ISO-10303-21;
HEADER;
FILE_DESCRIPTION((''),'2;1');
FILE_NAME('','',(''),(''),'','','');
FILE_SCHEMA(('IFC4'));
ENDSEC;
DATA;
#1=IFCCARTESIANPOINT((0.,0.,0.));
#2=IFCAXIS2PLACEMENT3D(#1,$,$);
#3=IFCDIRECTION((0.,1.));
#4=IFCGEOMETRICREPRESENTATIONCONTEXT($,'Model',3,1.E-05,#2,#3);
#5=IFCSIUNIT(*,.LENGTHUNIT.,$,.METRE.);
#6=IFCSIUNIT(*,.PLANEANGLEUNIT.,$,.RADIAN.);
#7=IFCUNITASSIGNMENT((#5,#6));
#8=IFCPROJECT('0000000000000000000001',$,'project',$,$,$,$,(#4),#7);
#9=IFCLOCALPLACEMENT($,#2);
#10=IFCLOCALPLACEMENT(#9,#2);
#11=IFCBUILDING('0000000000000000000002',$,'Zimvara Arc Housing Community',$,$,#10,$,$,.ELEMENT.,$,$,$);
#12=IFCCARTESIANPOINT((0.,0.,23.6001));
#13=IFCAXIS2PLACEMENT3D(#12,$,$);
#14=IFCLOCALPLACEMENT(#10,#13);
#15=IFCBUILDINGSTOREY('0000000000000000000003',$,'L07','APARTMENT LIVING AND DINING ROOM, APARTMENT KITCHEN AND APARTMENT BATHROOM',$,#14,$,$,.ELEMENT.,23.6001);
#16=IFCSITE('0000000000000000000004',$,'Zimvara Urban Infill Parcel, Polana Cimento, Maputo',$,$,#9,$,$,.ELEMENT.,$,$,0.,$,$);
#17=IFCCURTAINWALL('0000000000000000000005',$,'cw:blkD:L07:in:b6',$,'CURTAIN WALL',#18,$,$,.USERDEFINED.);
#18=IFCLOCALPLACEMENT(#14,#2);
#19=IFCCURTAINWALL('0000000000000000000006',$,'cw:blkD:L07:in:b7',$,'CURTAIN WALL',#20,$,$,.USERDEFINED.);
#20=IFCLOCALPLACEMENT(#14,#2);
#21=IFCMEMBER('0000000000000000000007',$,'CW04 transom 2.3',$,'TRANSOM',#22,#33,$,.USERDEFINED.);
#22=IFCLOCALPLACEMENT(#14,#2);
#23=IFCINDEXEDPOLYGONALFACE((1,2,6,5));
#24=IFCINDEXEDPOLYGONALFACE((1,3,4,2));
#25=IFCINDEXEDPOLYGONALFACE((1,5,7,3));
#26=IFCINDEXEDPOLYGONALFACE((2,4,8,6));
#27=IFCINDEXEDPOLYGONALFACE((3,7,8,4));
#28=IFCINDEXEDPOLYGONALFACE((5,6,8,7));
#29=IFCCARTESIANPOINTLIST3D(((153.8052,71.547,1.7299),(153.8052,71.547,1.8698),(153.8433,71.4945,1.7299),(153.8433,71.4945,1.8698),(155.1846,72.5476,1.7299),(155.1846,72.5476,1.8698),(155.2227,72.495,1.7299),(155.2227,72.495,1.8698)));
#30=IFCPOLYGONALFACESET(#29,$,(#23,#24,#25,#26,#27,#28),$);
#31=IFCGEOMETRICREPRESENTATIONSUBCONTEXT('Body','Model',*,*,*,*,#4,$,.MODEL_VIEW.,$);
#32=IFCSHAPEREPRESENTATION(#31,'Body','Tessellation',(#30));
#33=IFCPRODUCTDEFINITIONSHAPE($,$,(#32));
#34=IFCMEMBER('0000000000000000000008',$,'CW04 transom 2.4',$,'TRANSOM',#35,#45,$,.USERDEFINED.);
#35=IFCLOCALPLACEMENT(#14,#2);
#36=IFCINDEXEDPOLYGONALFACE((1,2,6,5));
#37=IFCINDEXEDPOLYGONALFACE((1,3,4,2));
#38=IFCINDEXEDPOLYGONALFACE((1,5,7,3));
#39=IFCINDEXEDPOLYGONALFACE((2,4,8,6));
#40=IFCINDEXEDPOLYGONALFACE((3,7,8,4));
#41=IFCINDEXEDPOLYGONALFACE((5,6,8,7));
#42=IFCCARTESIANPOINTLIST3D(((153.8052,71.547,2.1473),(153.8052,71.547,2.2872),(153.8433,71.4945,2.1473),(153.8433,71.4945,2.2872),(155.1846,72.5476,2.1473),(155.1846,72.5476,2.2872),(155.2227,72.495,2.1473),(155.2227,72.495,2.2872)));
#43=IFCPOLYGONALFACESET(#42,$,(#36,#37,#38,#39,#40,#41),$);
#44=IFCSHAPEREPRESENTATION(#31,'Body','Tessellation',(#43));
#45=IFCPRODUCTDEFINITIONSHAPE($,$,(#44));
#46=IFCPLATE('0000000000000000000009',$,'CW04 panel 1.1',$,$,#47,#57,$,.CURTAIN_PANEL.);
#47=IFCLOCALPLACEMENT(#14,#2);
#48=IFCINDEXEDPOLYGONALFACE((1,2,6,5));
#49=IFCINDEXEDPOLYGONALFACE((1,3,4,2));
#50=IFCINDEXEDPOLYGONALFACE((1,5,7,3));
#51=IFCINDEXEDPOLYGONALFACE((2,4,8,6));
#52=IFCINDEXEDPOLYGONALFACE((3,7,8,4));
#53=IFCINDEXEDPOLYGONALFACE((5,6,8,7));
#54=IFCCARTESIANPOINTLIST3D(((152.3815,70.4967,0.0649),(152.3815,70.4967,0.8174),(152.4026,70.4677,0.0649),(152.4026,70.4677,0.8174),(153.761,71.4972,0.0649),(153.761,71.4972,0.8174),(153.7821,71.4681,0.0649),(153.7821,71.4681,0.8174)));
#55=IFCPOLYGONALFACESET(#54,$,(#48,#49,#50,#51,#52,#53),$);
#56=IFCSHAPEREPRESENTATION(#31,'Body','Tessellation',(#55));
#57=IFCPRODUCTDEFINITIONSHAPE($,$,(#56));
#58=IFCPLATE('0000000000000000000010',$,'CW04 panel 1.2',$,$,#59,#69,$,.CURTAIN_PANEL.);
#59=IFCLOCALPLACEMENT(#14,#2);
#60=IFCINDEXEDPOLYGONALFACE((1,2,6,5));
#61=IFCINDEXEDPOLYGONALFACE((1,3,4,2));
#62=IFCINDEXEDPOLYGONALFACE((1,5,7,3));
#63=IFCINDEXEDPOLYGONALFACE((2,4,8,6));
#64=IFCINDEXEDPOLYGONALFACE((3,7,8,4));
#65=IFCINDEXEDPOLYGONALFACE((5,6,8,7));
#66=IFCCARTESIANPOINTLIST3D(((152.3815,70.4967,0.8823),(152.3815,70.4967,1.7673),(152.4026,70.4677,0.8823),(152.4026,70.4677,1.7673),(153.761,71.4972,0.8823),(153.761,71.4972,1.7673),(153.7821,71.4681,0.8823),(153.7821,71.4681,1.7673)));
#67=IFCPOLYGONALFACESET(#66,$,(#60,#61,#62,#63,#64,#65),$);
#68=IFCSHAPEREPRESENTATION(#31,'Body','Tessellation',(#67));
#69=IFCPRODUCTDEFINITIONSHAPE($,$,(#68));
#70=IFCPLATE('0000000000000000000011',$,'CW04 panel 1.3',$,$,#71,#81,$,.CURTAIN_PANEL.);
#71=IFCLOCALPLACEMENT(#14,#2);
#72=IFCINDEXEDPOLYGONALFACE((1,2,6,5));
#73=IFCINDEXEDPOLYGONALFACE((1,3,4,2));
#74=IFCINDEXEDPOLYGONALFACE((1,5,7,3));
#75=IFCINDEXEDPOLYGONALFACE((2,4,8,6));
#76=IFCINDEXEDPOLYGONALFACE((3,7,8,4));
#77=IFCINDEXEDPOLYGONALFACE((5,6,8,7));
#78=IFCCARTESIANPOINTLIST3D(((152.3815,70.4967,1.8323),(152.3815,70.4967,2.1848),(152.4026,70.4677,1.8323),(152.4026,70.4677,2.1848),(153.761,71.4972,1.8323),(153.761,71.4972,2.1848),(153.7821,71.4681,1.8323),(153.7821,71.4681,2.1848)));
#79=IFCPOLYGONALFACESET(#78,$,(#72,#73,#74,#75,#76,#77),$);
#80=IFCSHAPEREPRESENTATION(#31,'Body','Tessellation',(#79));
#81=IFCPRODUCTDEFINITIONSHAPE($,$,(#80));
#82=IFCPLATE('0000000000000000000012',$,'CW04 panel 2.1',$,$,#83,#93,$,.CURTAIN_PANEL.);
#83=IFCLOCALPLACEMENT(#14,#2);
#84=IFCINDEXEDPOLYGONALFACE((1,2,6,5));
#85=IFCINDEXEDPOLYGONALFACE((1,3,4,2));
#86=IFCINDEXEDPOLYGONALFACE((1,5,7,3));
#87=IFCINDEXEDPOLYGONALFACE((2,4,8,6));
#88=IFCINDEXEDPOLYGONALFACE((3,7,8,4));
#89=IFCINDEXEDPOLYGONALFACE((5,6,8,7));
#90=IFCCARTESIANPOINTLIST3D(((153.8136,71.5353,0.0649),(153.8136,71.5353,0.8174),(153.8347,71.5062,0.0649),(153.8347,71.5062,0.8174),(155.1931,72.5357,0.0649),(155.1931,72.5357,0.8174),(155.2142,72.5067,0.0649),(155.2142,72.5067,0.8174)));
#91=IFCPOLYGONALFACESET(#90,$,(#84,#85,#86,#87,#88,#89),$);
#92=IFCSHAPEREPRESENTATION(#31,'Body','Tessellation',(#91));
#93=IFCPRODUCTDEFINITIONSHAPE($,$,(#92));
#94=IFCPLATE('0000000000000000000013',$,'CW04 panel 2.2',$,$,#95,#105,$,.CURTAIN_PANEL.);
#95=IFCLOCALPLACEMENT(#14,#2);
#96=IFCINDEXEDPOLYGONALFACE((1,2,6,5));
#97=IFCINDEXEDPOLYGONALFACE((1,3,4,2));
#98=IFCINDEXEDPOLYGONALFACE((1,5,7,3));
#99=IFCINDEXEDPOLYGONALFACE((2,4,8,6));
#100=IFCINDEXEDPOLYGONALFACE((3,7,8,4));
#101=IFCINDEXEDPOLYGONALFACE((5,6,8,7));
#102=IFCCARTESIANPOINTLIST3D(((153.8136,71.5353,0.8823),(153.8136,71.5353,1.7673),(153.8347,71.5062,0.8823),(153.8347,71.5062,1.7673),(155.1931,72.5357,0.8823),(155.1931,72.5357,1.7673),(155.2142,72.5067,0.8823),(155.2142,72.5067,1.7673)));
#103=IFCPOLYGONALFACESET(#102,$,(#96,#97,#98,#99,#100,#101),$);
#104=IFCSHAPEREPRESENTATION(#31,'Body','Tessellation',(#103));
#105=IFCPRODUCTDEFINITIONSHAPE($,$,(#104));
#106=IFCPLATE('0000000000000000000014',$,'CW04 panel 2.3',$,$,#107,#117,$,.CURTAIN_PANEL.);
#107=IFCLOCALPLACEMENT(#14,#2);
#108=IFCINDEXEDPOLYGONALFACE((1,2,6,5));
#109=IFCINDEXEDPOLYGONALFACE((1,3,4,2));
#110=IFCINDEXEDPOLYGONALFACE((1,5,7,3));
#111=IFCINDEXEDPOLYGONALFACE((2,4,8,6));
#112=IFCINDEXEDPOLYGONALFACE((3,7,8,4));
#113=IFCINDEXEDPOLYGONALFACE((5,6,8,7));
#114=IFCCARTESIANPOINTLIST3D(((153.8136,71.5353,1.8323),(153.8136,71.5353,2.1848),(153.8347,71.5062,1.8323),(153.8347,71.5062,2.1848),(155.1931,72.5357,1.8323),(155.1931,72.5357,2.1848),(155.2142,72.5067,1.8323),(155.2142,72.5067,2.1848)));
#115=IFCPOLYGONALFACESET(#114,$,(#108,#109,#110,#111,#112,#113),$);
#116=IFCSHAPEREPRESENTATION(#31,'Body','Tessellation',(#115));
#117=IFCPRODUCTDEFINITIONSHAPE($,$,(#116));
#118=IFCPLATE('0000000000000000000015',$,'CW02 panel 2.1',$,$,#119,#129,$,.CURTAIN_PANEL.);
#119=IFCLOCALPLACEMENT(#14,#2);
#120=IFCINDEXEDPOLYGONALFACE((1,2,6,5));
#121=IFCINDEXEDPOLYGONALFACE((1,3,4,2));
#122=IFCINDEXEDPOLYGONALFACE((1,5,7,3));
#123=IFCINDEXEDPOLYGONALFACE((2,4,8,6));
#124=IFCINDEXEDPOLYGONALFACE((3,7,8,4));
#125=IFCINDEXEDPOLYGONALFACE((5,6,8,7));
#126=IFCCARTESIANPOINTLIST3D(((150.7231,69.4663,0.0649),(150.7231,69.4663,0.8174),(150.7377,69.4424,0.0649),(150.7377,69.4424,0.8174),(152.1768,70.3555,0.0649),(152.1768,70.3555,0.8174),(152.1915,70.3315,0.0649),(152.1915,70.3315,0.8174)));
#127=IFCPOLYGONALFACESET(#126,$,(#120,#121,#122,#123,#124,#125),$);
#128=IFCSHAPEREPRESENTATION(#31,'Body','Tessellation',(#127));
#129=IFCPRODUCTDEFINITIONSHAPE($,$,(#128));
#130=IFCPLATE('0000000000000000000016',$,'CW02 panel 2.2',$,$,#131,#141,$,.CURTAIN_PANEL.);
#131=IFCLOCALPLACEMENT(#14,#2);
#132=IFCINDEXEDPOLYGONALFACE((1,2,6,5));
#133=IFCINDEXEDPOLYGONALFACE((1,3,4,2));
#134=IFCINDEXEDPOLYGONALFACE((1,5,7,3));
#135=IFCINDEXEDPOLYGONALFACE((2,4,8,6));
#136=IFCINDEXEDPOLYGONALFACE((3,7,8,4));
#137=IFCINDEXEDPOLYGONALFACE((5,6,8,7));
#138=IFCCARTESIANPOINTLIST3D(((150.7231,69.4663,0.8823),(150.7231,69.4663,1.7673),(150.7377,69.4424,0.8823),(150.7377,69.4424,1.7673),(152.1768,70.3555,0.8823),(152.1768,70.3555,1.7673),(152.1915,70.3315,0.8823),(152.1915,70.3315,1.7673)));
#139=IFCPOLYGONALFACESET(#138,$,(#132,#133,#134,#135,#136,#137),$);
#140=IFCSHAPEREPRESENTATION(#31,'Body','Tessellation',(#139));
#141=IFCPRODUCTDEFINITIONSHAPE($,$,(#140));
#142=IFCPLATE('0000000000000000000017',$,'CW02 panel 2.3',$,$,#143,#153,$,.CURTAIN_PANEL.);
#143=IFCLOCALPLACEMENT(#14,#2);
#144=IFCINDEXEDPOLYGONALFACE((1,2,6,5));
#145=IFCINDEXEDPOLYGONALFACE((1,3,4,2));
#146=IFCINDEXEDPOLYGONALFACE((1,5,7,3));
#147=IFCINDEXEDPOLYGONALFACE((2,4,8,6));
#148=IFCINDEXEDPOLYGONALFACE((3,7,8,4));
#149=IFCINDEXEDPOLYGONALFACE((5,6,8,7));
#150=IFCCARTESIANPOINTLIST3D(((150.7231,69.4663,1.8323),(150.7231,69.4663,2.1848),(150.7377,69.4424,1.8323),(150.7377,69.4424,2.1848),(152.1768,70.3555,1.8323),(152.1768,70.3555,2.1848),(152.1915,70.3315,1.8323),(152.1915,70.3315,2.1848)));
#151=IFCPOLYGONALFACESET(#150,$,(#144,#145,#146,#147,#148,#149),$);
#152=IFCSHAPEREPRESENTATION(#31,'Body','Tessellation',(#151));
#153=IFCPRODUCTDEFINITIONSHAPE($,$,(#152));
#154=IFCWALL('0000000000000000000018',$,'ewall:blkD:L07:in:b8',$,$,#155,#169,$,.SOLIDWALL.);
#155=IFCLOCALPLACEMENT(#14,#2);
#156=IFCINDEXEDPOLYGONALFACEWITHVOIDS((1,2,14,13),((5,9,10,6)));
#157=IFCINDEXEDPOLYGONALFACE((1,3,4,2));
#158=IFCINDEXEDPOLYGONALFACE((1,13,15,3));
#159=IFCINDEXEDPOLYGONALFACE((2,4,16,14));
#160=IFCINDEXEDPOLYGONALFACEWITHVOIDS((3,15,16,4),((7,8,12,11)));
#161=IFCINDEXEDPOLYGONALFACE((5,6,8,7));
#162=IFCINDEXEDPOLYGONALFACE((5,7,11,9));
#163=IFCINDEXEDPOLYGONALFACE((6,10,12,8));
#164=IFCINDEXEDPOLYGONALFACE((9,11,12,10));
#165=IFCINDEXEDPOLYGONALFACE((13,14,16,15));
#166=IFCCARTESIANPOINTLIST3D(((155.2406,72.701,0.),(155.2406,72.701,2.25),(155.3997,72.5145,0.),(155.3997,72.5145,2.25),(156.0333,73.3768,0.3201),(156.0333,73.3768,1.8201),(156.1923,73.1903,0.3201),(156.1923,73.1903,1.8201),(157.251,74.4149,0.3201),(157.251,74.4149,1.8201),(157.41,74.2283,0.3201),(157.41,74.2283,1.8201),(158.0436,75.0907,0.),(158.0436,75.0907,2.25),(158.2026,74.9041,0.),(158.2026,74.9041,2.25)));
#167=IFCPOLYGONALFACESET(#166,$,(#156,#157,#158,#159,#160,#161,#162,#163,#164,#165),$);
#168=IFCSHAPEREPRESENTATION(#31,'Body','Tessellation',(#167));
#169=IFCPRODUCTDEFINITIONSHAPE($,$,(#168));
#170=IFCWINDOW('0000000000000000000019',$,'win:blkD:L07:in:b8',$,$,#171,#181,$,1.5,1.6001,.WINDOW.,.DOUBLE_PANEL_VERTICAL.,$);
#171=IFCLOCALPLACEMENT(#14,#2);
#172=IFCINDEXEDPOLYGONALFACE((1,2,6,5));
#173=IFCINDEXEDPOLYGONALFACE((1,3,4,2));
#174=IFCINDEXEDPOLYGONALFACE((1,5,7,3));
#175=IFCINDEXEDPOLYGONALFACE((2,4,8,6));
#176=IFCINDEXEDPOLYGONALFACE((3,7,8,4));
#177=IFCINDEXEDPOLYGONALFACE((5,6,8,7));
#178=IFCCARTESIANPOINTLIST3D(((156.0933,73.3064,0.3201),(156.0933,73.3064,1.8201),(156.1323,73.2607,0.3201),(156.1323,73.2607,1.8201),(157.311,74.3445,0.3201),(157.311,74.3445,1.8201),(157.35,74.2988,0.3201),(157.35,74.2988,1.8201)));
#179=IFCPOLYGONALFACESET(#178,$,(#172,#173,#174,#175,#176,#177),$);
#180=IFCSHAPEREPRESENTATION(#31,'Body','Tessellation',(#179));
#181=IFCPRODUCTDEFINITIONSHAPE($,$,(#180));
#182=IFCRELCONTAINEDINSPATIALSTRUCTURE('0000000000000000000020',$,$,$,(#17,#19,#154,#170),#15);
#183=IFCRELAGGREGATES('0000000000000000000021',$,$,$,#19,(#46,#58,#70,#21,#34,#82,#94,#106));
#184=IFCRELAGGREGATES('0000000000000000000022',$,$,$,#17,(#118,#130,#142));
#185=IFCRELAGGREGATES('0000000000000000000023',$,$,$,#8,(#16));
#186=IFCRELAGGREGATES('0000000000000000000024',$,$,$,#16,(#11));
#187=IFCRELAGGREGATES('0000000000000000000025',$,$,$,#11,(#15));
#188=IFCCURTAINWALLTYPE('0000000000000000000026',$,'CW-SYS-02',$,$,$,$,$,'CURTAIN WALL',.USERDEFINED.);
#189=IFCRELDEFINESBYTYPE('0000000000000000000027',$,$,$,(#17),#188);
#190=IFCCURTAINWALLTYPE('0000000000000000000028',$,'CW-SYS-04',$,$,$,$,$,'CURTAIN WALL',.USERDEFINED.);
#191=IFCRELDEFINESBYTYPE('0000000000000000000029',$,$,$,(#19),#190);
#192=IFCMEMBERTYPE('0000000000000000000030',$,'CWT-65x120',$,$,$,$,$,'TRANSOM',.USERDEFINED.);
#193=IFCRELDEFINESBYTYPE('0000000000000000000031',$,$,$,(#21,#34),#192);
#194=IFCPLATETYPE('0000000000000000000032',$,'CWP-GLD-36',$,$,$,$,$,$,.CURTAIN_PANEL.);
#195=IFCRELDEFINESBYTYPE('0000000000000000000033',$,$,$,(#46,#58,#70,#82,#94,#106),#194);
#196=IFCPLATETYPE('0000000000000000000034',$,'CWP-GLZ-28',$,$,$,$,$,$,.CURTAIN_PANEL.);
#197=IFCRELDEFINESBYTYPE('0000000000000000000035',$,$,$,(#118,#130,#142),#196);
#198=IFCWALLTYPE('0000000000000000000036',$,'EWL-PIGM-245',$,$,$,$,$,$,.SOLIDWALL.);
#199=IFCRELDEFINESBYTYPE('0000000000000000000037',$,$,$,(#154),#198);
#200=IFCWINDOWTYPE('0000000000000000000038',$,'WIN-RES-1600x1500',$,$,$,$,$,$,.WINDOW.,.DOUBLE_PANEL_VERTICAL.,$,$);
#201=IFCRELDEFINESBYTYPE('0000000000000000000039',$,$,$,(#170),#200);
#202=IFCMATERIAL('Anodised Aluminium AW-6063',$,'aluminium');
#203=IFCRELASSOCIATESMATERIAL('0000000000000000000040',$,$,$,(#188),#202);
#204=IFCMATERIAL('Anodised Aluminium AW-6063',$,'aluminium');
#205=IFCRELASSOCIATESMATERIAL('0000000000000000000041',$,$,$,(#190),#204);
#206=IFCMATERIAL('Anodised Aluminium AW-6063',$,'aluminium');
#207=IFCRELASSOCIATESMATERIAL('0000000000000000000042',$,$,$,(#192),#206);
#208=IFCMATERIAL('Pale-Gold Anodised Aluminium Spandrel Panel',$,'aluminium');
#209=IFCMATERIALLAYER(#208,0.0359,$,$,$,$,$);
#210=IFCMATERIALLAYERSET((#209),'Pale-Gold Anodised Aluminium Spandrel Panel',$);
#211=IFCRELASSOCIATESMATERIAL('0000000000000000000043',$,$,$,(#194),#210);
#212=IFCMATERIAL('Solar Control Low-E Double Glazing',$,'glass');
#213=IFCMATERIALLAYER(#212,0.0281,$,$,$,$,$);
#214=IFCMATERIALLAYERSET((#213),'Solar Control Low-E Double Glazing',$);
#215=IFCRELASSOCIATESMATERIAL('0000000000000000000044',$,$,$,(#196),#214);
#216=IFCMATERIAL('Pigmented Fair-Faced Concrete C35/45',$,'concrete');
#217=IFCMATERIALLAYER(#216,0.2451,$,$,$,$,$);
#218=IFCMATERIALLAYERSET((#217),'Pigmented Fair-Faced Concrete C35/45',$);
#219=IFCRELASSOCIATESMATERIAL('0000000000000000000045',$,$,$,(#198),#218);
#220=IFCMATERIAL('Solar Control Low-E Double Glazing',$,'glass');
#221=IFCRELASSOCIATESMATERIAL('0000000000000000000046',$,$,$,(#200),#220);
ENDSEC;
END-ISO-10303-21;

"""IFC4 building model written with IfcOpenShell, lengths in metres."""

from ifc_helpers import new_model, si_unit, direction, frame, frame_2d, origin, origin_2d, place, context, subcontext, project, spatial, rectangle, extrude, material, layer, layer_set, material_profile, profile_set, type_object, element, fill, aggregate, save


model = new_model("IFC4")

# Units and contexts
model_context = context("Model", 3, precision=1e-05, world=origin(), true_north=direction((0.0, 1.0)))
body_context = subcontext(model_context, "Body", "Model", "MODEL_VIEW")
ifc_project = project(units=[si_unit("LENGTHUNIT", "METRE"), si_unit("PLANEANGLEUNIT", "RADIAN")], contexts=[model_context])

# Site, building, storey
site_placement = place(None, origin())
site = spatial("IfcSite", under=ifc_project, at=site_placement, Name="Zimvara Urban Infill Parcel, Polana Cimento, Maputo", CompositionType="ELEMENT", RefElevation=0.0)
building_placement = place(site_placement, origin())
building = spatial("IfcBuilding", under=site, at=building_placement, Name="Zimvara Arc Housing Community", CompositionType="ELEMENT")
storey_placement = place(building_placement, frame((0.0, 0.0, 23.6001)))
storey = spatial("IfcBuildingStorey", under=building, at=storey_placement, Name="L07", Description="APARTMENT LIVING AND DINING ROOM, APARTMENT KITCHEN AND APARTMENT BATHROOM", CompositionType="ELEMENT", Elevation=23.6001)

# Curtain wall
ifc_material_1 = material(Name="Anodised Aluminium AW-6063", Category="aluminium")
curtain_wall_type_1 = type_object("IfcCurtainWallType", Name="CW-SYS-02", ElementType="CURTAIN WALL", PredefinedType="USERDEFINED", material=ifc_material_1)
curtain_wall_1_placement = place(storey_placement, origin())
curtain_wall_1 = element("IfcCurtainWall", 1, at=curtain_wall_1_placement, inside=storey, type_object=curtain_wall_type_1, Name="cw:blkD:L07:in:b6", ObjectType="CURTAIN WALL", PredefinedType="USERDEFINED")

# Curtain wall, members, plates
ifc_material_2 = material(Name="Anodised Aluminium AW-6063", Category="aluminium")
curtain_wall_type_2 = type_object("IfcCurtainWallType", Name="CW-SYS-04", ElementType="CURTAIN WALL", PredefinedType="USERDEFINED", material=ifc_material_2)
curtain_wall_2_placement = place(storey_placement, origin())
curtain_wall_2 = element("IfcCurtainWall", 2, at=curtain_wall_2_placement, inside=storey, type_object=curtain_wall_type_2, Name="cw:blkD:L07:in:b7", ObjectType="CURTAIN WALL", PredefinedType="USERDEFINED")
ifc_material_3 = material(Name="Anodised Aluminium AW-6063", Category="aluminium")
ifc_material_profile_1 = material_profile(ifc_material_3, rectangle(XDim=0.0649, YDim=0.1399, at=origin_2d()), Name="ALU 65x140")
ifc_profile_set_1 = profile_set([ifc_material_profile_1], Name="Anodised Aluminium AW-6063")
member_type_1 = type_object("IfcMemberType", Name="CWT-65x120", ElementType="TRANSOM", PredefinedType="USERDEFINED", material=ifc_profile_set_1)
member_1_placement = place(storey_placement, frame((153.8242, 71.5208, 1.7998), z_axis=(0.809491, 0.587132, 0.0), x_axis=(-0.587132, 0.809491, 0.0)))
member_1 = element("IfcMember", 3, at=member_1_placement, type_object=member_type_1, Name="CW04 transom 2.3", ObjectType="TRANSOM", PredefinedType="USERDEFINED", context=body_context, shape_type="SweptSolid", body=[
    extrude(rectangle(XDim=0.0649, YDim=0.1399, at=origin_2d()), origin(), (0.0, 0.0, 1.0), 1.7041),
])
member_2_placement = place(storey_placement, frame((153.8242, 71.5208, 2.2173), z_axis=(0.809491, 0.587132, 0.0), x_axis=(-0.587132, 0.809491, 0.0)))
member_2 = element("IfcMember", 4, at=member_2_placement, type_object=member_type_1, Name="CW04 transom 2.4", ObjectType="TRANSOM", PredefinedType="USERDEFINED", context=body_context, shape_type="SweptSolid", body=[
    extrude(rectangle(XDim=0.0649, YDim=0.1399, at=origin_2d()), origin(), (0.0, 0.0, 1.0), 1.7041),
])
ifc_material_4 = material(Name="Pale-Gold Anodised Aluminium Spandrel Panel", Category="aluminium")
ifc_layer_1 = layer(ifc_material_4, 0.0359)
ifc_layer_set_1 = layer_set([ifc_layer_1], Name="Pale-Gold Anodised Aluminium Spandrel Panel")
plate_type_1 = type_object("IfcPlateType", Name="CWP-GLD-36", PredefinedType="CURTAIN_PANEL", material=ifc_layer_set_1)
plate_1_placement = place(storey_placement, frame((153.0818, 70.9824, 0.0649), z_axis=(0.0, 0.0, 1.0), x_axis=(0.80953, 0.587079, 0.0)))
plate_1 = element("IfcPlate", 5, at=plate_1_placement, type_object=plate_type_1, Name="CW04 panel 1.1", PredefinedType="CURTAIN_PANEL", context=body_context, shape_type="SweptSolid", body=[
    extrude(rectangle(XDim=1.7041, YDim=0.0359, at=origin_2d()), origin(), (0.0, 0.0, 1.0), 0.7524),
])
plate_2_placement = place(storey_placement, frame((153.0818, 70.9824, 0.8823), z_axis=(0.0, 0.0, 1.0), x_axis=(0.80953, 0.587079, 0.0)))
plate_2 = element("IfcPlate", 6, at=plate_2_placement, type_object=plate_type_1, Name="CW04 panel 1.2", PredefinedType="CURTAIN_PANEL", context=body_context, shape_type="SweptSolid", body=[
    extrude(rectangle(XDim=1.7041, YDim=0.0359, at=origin_2d()), origin(), (0.0, 0.0, 1.0), 0.885),
])
plate_3_placement = place(storey_placement, frame((153.0818, 70.9824, 1.8323), z_axis=(0.0, 0.0, 1.0), x_axis=(0.80953, 0.587079, 0.0)))
plate_3 = element("IfcPlate", 7, at=plate_3_placement, type_object=plate_type_1, Name="CW04 panel 1.3", PredefinedType="CURTAIN_PANEL", context=body_context, shape_type="SweptSolid", body=[
    extrude(rectangle(XDim=1.7041, YDim=0.0359, at=origin_2d()), origin(), (0.0, 0.0, 1.0), 0.3525),
])
plate_4_placement = place(storey_placement, frame((154.5139, 72.021, 0.0649), z_axis=(0.0, 0.0, 1.0), x_axis=(0.80953, 0.587079, 0.0)))
plate_4 = element("IfcPlate", 8, at=plate_4_placement, type_object=plate_type_1, Name="CW04 panel 2.1", PredefinedType="CURTAIN_PANEL", context=body_context, shape_type="SweptSolid", body=[
    extrude(rectangle(XDim=1.7041, YDim=0.0359, at=origin_2d()), origin(), (0.0, 0.0, 1.0), 0.7524),
])
plate_5_placement = place(storey_placement, frame((154.5139, 72.021, 0.8823), z_axis=(0.0, 0.0, 1.0), x_axis=(0.80953, 0.587079, 0.0)))
plate_5 = element("IfcPlate", 9, at=plate_5_placement, type_object=plate_type_1, Name="CW04 panel 2.2", PredefinedType="CURTAIN_PANEL", context=body_context, shape_type="SweptSolid", body=[
    extrude(rectangle(XDim=1.7041, YDim=0.0359, at=origin_2d()), origin(), (0.0, 0.0, 1.0), 0.885),
])
plate_6_placement = place(storey_placement, frame((154.5139, 72.021, 1.8323), z_axis=(0.0, 0.0, 1.0), x_axis=(0.80953, 0.587079, 0.0)))
plate_6 = element("IfcPlate", 10, at=plate_6_placement, type_object=plate_type_1, Name="CW04 panel 2.3", PredefinedType="CURTAIN_PANEL", context=body_context, shape_type="SweptSolid", body=[
    extrude(rectangle(XDim=1.7041, YDim=0.0359, at=origin_2d()), origin(), (0.0, 0.0, 1.0), 0.3525),
])
aggregate(curtain_wall_2, [plate_1, plate_2, plate_3, member_1, member_2, plate_4, plate_5, plate_6])

# Plates
ifc_material_5 = material(Name="Solar Control Low-E Double Glazing", Category="glass")
ifc_layer_2 = layer(ifc_material_5, 0.0281)
ifc_layer_set_2 = layer_set([ifc_layer_2], Name="Solar Control Low-E Double Glazing")
plate_type_2 = type_object("IfcPlateType", Name="CWP-GLZ-28", PredefinedType="CURTAIN_PANEL", material=ifc_layer_set_2)
plate_7_placement = place(storey_placement, frame((151.4573, 69.8989, 0.0649), z_axis=(0.0, 0.0, 1.0), x_axis=(0.853096, 0.521754, 0.0)))
plate_7 = element("IfcPlate", 11, at=plate_7_placement, type_object=plate_type_2, Name="CW02 panel 2.1", PredefinedType="CURTAIN_PANEL", context=body_context, shape_type="SweptSolid", body=[
    extrude(rectangle(XDim=1.7041, YDim=0.0281, at=origin_2d()), origin(), (0.0, 0.0, 1.0), 0.7524),
])
plate_8_placement = place(storey_placement, frame((151.4573, 69.8989, 0.8823), z_axis=(0.0, 0.0, 1.0), x_axis=(0.853096, 0.521754, 0.0)))
plate_8 = element("IfcPlate", 12, at=plate_8_placement, type_object=plate_type_2, Name="CW02 panel 2.2", PredefinedType="CURTAIN_PANEL", context=body_context, shape_type="SweptSolid", body=[
    extrude(rectangle(XDim=1.7041, YDim=0.0281, at=origin_2d()), origin(), (0.0, 0.0, 1.0), 0.885),
])
plate_9_placement = place(storey_placement, frame((151.4573, 69.8989, 1.8323), z_axis=(0.0, 0.0, 1.0), x_axis=(0.853096, 0.521754, 0.0)))
plate_9 = element("IfcPlate", 13, at=plate_9_placement, type_object=plate_type_2, Name="CW02 panel 2.3", PredefinedType="CURTAIN_PANEL", context=body_context, shape_type="SweptSolid", body=[
    extrude(rectangle(XDim=1.7041, YDim=0.0281, at=origin_2d()), origin(), (0.0, 0.0, 1.0), 0.3525),
])
aggregate(curtain_wall_1, [plate_7, plate_8, plate_9])

# Wall, opening, window
ifc_material_6 = material(Name="Pigmented Fair-Faced Concrete C35/45", Category="concrete")
ifc_layer_3 = layer(ifc_material_6, 0.2451)
ifc_layer_set_3 = layer_set([ifc_layer_3], Name="Pigmented Fair-Faced Concrete C35/45")
wall_type_1 = type_object("IfcWallType", Name="EWL-PIGM-245", PredefinedType="SOLIDWALL", material=ifc_layer_set_3)
wall_1_placement = place(storey_placement, frame((155.3201, 72.6077, 0.0), z_axis=(0.0, 0.0, 1.0), x_axis=(0.760985, 0.648769, 0.0)))
wall_1 = element("IfcWall", 14, at=wall_1_placement, inside=storey, type_object=wall_type_1, Name="ewall:blkD:L07:in:b8", PredefinedType="SOLIDWALL", context=body_context, shape_type="SweptSolid", body=[
    extrude(rectangle(XDim=3.6833, YDim=0.2451, at=frame_2d((1.8418, 0.0))), origin(), (0.0, 0.0, 1.0), 2.25),
])
opening_1_placement = place(wall_1_placement, frame((1.0417, 0.0, 0.3201)))
opening_1 = element("IfcOpeningElement", 15, at=opening_1_placement, cuts=wall_1, PredefinedType="OPENING", context=body_context, shape_type="SweptSolid", body=[
    extrude(rectangle(XDim=1.6001, YDim=1.5, at=frame_2d((0.8, 0.75))), frame((0.0, 0.1326, 0.0), z_axis=(0.0, -1.0, 0.0), x_axis=(1.0, 0.0, 0.0)), (0.0, 0.0, 1.0), 0.2651),
])
ifc_material_7 = material(Name="Solar Control Low-E Double Glazing", Category="glass")
window_type = type_object("IfcWindowType", Name="WIN-RES-1600x1500", PartitioningType="DOUBLE_PANEL_VERTICAL", PredefinedType="WINDOW", material=ifc_material_7)
window_placement = place(opening_1_placement, origin())
window = element("IfcWindow", 16, at=window_placement, inside=storey, type_object=window_type, Name="win:blkD:L07:in:b8", OverallHeight=1.5, OverallWidth=1.6001, PartitioningType="DOUBLE_PANEL_VERTICAL", PredefinedType="WINDOW", context=body_context, shape_type="SweptSolid", body=[
    extrude(rectangle(XDim=1.6001, YDim=1.5, at=frame_2d((0.8, 0.75))), frame((0.0, 0.03, 0.0), z_axis=(0.0, -1.0, 0.0), x_axis=(1.0, 0.0, 0.0)), (0.0, 0.0, 1.0), 0.0601),
])
fill(opening_1, window)

save(model, "model.ifc")
